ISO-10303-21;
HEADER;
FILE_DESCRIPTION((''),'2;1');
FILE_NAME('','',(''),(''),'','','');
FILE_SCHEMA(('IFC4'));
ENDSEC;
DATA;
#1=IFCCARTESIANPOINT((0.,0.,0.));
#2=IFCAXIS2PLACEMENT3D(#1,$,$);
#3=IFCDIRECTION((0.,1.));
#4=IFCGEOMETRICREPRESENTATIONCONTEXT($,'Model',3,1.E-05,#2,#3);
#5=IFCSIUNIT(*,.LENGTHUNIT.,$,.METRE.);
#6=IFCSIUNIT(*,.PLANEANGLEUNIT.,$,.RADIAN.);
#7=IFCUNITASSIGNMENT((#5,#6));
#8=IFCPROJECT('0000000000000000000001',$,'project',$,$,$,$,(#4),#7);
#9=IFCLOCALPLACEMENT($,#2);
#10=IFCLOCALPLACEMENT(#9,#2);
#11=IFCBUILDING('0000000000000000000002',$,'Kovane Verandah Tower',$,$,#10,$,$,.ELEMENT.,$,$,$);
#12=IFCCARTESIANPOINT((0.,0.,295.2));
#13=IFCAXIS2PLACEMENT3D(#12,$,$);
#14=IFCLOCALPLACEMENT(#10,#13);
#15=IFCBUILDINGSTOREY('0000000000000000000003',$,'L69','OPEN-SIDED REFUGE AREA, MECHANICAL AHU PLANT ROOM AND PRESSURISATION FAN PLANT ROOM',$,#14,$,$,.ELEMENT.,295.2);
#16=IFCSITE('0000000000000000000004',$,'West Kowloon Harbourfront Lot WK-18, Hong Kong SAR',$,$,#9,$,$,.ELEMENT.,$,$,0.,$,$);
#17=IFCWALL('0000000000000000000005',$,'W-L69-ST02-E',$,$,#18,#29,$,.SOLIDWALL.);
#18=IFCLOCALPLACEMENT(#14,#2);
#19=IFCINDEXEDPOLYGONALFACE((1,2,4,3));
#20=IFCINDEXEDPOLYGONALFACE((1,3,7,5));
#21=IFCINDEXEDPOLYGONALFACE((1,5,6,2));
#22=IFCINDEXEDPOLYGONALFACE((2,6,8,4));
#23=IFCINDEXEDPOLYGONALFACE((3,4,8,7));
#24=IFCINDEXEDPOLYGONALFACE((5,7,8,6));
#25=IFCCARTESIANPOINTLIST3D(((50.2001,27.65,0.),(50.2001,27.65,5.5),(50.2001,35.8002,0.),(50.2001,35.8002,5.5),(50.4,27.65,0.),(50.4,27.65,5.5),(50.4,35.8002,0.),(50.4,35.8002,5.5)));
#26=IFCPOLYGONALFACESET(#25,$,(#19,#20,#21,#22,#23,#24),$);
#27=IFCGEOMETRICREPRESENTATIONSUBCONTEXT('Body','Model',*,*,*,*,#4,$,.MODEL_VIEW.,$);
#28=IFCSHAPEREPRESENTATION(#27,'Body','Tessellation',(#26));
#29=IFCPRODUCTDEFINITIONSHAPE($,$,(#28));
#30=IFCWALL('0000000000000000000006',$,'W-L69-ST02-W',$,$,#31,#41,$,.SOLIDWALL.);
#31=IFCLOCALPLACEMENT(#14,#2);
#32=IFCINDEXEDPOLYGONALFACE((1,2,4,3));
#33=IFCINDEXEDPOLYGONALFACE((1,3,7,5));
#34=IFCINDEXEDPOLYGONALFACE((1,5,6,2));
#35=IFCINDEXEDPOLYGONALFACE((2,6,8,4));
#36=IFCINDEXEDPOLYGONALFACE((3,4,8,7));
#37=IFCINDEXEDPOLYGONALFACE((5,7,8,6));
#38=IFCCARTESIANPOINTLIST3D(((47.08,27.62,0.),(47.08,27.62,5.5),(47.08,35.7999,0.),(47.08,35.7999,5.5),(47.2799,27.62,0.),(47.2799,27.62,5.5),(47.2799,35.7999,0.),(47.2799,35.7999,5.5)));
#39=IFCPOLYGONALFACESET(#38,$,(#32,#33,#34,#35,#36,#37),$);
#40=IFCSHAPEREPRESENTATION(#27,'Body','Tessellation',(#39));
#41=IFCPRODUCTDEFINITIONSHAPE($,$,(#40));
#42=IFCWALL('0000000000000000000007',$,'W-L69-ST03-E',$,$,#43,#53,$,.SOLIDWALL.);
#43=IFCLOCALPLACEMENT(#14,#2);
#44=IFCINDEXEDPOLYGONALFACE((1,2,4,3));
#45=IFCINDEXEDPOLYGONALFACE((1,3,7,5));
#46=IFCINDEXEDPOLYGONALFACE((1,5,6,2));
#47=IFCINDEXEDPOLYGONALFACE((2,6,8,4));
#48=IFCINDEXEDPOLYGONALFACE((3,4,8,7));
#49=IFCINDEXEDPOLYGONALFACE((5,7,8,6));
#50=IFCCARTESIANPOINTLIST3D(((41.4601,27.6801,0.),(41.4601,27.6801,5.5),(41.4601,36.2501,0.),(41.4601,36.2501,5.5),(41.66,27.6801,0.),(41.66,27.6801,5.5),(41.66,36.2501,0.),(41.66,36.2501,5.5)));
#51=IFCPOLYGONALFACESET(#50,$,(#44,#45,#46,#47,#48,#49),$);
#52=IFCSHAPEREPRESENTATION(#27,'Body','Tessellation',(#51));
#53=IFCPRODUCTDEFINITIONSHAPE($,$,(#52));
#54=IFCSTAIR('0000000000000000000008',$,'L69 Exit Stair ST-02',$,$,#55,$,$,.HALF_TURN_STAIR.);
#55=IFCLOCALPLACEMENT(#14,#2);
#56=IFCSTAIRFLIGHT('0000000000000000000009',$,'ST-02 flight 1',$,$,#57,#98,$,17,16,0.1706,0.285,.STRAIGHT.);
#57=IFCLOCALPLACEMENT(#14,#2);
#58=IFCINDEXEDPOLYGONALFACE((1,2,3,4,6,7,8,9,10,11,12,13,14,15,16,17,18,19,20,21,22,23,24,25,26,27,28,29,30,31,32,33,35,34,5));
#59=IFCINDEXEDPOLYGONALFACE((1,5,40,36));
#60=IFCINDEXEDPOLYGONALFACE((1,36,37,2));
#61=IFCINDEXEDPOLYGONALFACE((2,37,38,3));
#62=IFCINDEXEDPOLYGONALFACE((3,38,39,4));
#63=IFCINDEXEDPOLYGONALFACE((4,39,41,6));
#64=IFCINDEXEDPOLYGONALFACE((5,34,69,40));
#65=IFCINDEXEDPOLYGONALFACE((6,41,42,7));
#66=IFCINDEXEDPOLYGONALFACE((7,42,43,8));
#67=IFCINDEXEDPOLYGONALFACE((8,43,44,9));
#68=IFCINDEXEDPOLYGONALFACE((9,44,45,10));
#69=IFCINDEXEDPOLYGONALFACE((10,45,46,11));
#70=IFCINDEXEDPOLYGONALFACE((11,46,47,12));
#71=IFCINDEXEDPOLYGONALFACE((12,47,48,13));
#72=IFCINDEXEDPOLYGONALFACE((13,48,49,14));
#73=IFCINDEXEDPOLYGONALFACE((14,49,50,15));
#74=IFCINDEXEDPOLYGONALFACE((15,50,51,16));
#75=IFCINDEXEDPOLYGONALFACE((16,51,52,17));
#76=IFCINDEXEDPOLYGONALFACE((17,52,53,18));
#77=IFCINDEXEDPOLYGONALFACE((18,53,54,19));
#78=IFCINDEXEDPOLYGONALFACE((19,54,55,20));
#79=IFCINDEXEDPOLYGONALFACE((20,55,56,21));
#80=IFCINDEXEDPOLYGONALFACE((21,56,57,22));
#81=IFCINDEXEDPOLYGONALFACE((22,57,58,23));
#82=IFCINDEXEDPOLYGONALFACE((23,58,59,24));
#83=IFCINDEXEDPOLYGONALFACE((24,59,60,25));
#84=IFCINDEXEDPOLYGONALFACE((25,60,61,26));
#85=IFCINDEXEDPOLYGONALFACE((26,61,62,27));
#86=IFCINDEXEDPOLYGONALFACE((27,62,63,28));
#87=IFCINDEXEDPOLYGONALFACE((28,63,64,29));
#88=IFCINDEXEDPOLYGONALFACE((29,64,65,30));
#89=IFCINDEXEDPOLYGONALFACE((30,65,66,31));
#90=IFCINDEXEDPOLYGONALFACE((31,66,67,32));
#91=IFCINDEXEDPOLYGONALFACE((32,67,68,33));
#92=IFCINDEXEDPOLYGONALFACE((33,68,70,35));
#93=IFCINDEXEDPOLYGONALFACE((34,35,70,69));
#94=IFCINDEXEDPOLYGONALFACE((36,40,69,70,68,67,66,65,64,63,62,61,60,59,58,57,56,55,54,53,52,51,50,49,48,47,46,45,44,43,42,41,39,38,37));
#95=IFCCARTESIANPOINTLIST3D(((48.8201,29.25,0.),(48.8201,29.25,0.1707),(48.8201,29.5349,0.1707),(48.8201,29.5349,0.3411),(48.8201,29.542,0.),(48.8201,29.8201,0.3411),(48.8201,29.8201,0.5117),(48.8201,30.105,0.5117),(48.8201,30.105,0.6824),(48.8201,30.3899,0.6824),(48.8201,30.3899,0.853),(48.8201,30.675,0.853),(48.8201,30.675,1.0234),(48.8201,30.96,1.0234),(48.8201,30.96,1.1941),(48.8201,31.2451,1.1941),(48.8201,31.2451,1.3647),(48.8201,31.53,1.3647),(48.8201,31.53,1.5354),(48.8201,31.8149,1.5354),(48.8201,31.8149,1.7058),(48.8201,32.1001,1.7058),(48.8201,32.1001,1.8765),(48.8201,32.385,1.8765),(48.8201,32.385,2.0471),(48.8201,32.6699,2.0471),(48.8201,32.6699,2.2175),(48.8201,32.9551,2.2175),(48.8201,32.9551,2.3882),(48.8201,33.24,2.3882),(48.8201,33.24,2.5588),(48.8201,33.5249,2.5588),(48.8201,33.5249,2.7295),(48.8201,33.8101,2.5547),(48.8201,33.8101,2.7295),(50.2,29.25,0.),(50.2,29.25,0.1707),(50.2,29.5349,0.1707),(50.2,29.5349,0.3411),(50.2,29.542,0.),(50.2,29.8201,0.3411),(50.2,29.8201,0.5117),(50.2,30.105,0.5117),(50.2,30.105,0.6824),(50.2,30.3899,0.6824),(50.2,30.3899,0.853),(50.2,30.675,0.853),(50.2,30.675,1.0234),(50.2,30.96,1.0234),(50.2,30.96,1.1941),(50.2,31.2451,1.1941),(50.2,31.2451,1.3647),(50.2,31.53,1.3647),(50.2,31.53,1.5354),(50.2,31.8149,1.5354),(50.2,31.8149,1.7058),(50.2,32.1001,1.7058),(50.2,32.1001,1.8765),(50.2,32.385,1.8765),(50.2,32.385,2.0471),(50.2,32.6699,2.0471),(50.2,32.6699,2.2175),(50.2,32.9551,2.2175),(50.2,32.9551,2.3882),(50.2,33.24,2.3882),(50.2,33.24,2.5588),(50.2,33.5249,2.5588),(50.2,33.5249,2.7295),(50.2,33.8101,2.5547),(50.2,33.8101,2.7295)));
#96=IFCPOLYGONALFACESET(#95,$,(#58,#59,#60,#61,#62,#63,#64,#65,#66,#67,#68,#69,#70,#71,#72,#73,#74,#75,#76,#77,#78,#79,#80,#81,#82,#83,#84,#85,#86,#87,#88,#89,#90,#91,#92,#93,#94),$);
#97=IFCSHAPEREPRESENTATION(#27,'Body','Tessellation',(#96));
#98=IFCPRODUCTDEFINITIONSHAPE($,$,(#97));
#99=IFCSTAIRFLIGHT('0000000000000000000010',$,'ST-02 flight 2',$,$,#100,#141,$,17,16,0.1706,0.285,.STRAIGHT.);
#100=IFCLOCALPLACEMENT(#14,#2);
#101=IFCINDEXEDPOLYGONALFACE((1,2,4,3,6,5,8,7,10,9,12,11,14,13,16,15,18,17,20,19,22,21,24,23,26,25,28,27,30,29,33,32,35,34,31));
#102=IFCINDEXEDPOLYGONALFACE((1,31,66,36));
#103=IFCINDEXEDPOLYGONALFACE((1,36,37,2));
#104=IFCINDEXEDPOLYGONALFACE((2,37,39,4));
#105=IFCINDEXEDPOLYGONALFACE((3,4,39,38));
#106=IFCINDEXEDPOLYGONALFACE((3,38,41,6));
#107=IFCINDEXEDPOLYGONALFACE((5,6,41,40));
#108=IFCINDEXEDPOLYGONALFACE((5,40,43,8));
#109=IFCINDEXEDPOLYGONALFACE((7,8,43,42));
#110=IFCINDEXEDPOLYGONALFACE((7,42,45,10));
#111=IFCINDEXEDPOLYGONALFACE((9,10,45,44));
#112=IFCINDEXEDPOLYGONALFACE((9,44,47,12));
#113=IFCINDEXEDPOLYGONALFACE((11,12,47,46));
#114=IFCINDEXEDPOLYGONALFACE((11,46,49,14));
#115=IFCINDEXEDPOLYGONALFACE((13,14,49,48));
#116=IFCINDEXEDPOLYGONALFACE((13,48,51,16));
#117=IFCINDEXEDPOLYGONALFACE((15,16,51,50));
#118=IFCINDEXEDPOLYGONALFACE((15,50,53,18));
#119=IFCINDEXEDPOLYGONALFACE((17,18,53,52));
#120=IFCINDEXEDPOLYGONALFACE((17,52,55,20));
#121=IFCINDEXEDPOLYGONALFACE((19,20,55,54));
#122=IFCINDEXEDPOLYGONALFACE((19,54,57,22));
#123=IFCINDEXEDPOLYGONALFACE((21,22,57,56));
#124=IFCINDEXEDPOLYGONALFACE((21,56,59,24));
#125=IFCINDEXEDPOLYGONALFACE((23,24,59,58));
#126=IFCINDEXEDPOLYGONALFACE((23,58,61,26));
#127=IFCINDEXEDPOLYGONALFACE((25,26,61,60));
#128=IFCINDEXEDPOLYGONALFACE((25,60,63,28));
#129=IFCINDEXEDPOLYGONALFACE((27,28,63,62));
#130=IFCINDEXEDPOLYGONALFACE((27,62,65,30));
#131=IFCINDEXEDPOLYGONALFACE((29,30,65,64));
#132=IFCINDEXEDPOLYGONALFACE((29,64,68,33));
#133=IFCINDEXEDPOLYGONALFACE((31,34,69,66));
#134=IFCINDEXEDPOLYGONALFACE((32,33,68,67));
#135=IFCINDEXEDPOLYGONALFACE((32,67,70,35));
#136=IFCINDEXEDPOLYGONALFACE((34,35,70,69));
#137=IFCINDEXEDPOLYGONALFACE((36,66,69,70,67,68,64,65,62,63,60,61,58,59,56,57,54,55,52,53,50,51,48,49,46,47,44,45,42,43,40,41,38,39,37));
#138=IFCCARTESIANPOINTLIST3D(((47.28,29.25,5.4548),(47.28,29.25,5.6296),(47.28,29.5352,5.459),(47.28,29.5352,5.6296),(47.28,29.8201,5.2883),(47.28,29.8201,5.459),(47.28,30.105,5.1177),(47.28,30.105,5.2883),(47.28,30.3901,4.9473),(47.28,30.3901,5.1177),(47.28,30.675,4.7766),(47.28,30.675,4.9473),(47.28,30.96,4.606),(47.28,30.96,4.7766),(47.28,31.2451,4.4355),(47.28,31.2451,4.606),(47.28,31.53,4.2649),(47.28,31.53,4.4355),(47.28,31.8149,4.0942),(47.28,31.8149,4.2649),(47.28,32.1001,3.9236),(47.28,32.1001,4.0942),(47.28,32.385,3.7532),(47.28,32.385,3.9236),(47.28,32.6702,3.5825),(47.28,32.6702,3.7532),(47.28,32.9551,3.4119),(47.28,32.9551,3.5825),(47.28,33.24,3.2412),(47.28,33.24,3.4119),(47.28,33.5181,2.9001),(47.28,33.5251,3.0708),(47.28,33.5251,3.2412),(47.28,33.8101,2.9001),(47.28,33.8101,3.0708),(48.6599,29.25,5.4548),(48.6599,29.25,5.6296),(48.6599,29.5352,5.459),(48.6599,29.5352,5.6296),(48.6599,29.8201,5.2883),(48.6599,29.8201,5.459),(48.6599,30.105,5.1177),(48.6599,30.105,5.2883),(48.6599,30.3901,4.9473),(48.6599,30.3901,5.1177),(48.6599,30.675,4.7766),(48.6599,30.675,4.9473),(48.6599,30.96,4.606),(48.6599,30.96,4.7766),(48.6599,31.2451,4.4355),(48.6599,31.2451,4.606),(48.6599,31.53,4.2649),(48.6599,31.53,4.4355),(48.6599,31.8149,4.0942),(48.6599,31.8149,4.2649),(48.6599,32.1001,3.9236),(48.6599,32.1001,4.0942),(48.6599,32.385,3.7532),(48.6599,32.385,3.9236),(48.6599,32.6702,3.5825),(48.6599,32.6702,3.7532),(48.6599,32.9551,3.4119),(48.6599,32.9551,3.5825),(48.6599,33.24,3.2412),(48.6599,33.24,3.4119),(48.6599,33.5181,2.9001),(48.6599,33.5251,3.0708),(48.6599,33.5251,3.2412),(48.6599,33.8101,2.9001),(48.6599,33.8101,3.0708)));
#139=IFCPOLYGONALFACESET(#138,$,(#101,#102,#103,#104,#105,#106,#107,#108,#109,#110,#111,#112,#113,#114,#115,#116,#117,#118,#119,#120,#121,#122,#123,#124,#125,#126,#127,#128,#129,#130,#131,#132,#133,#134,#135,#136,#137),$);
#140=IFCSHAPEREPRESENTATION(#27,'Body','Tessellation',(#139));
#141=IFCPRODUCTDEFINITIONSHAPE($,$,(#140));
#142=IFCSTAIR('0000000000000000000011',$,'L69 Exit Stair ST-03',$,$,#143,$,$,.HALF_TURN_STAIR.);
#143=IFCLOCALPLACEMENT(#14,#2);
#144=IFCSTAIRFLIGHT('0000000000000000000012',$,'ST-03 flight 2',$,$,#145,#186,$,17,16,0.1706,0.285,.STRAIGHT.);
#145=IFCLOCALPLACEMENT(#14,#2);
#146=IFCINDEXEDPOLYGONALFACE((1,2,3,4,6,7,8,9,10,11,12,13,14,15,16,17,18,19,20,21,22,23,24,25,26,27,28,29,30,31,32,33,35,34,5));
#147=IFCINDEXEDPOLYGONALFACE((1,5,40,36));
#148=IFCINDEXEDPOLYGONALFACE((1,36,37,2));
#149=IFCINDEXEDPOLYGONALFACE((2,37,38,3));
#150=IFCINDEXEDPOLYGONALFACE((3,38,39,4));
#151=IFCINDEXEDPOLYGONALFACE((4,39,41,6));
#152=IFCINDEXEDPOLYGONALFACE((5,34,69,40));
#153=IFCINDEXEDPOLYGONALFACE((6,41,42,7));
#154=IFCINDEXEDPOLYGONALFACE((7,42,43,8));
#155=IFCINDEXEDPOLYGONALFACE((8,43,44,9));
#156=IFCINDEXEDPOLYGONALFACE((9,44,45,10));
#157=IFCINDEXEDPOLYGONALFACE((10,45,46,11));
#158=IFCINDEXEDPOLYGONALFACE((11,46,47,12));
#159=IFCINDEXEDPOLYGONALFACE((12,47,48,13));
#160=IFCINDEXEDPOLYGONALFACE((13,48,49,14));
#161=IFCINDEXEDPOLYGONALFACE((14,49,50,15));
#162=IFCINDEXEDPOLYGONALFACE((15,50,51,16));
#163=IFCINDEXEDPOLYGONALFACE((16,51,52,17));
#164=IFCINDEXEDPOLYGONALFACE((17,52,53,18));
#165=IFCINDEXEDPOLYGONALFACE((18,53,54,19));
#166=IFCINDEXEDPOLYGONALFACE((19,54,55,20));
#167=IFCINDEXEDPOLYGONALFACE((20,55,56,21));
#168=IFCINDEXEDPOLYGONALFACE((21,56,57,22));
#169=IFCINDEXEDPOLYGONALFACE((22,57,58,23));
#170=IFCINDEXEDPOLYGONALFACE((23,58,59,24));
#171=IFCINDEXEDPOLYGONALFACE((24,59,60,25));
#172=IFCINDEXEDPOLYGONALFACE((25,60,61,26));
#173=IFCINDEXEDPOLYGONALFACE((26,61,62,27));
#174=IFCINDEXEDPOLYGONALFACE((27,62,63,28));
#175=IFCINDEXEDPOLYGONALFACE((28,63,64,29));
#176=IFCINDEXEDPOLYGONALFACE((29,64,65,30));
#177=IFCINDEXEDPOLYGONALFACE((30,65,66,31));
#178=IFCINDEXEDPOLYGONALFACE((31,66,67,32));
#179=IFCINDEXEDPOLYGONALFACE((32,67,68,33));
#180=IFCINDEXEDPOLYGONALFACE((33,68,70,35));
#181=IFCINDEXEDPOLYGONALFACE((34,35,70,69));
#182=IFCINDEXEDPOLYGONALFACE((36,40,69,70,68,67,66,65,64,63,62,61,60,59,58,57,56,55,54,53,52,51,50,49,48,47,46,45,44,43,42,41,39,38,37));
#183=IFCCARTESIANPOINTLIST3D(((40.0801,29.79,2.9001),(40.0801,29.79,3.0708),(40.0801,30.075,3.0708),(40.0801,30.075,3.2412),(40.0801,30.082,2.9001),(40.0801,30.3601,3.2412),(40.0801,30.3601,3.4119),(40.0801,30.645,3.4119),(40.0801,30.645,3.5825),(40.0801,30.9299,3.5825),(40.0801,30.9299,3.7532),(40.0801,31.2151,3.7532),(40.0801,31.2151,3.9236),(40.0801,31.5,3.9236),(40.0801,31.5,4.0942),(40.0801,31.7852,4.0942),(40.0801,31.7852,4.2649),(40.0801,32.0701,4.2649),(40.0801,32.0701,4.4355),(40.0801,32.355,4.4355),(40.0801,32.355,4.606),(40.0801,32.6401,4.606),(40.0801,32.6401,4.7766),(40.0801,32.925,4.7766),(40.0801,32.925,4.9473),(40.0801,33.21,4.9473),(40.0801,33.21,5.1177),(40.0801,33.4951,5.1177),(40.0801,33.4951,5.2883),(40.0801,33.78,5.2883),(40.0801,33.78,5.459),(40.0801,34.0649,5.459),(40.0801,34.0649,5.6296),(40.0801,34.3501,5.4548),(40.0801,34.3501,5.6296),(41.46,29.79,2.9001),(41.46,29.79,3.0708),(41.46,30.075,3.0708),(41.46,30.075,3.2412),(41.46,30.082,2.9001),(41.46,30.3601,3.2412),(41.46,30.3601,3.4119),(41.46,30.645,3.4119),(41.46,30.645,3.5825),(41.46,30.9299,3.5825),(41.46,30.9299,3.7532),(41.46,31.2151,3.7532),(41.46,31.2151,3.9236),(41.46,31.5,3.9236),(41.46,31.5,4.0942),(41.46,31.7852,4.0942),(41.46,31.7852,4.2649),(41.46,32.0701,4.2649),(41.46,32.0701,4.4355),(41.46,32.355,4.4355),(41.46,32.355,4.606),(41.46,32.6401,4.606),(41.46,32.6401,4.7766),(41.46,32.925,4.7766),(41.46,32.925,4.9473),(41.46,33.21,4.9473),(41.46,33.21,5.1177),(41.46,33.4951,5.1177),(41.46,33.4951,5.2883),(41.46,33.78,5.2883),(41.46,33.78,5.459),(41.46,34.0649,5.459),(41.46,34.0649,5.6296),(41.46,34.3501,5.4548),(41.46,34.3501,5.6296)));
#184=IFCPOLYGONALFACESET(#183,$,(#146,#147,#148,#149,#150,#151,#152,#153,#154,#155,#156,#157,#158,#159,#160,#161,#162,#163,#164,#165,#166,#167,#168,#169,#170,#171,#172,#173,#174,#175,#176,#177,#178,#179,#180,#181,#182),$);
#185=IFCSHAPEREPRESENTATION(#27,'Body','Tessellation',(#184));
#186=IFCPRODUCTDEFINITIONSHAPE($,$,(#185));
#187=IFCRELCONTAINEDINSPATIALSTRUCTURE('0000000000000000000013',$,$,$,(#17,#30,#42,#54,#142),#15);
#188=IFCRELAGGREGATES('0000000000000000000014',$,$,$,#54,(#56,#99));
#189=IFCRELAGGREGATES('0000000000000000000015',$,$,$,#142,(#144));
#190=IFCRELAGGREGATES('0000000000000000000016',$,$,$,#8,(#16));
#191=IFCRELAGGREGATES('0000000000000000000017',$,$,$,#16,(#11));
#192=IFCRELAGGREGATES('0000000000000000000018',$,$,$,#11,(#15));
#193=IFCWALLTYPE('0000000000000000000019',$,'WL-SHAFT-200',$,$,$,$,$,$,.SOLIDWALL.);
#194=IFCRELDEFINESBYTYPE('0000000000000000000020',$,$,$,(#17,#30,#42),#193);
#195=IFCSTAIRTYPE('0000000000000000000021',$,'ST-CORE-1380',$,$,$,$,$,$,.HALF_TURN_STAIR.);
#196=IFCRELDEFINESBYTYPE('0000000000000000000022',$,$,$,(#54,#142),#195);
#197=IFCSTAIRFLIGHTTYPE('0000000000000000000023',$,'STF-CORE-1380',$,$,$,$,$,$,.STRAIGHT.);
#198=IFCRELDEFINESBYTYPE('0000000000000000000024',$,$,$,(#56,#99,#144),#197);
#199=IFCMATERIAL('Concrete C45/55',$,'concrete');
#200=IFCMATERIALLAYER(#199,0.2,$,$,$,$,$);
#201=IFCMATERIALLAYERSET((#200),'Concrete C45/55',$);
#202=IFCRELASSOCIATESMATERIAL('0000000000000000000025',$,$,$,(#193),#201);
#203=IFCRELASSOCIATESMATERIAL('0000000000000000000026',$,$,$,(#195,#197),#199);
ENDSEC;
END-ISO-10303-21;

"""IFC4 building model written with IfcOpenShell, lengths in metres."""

from ifc_helpers import new_model, si_unit, direction, frame, frame_2d, origin, place, context, subcontext, project, spatial, polyline, rectangle, outline, extrude, material, layer, layer_set, type_object, element, aggregate, save


model = new_model("IFC4")

# Units and contexts
model_context = context("Model", 3, precision=1e-05, world=origin(), true_north=direction((0.0, 1.0)))
body_context = subcontext(model_context, "Body", "Model", "MODEL_VIEW")
ifc_project = project(units=[si_unit("LENGTHUNIT", "METRE"), si_unit("PLANEANGLEUNIT", "RADIAN")], contexts=[model_context])

# Site, building, storey
site_placement = place(None, origin())
site = spatial("IfcSite", under=ifc_project, at=site_placement, Name="West Kowloon Harbourfront Lot WK-18, Hong Kong SAR", CompositionType="ELEMENT", RefElevation=0.0)
building_placement = place(site_placement, origin())
building = spatial("IfcBuilding", under=site, at=building_placement, Name="Kovane Verandah Tower", CompositionType="ELEMENT")
storey_placement = place(building_placement, frame((0.0, 0.0, 295.2)))
storey = spatial("IfcBuildingStorey", under=building, at=storey_placement, Name="L69", Description="OPEN-SIDED REFUGE AREA, MECHANICAL AHU PLANT ROOM AND PRESSURISATION FAN PLANT ROOM", CompositionType="ELEMENT", Elevation=295.2)

# Walls
ifc_material_1 = material(Name="Concrete C45/55", Category="concrete")
ifc_layer_1 = layer(ifc_material_1, 0.2)
ifc_layer_set_1 = layer_set([ifc_layer_1], Name="Concrete C45/55")
wall_type_1 = type_object("IfcWallType", Name="WL-SHAFT-200", PredefinedType="SOLIDWALL", material=ifc_layer_set_1)
wall_1_placement = place(storey_placement, frame((50.3, 27.6499, 0.0), z_axis=(0.0, 0.0, 1.0), x_axis=(0.0, 1.0, 0.0)))
element("IfcWall", 1, at=wall_1_placement, inside=storey, type_object=wall_type_1, Name="W-L69-ST02-E", PredefinedType="SOLIDWALL", context=body_context, shape_type="SweptSolid", body=[
    extrude(rectangle(XDim=8.1501, YDim=0.2, at=frame_2d((4.0752, 0.0))), origin(), (0.0, 0.0, 1.0), 5.5),
])
wall_2_placement = place(storey_placement, frame((47.1799, 27.6201, 0.0), z_axis=(0.0, 0.0, 1.0), x_axis=(0.0, 1.0, 0.0)))
element("IfcWall", 2, at=wall_2_placement, inside=storey, type_object=wall_type_1, Name="W-L69-ST02-W", PredefinedType="SOLIDWALL", context=body_context, shape_type="SweptSolid", body=[
    extrude(rectangle(XDim=8.1799, YDim=0.2, at=frame_2d((4.0898, 0.0))), origin(), (0.0, 0.0, 1.0), 5.5),
])

# Wall
wall_3_placement = place(storey_placement, frame((41.5601, 27.6799, 0.0), z_axis=(0.0, 0.0, 1.0), x_axis=(0.0, 1.0, 0.0)))
element("IfcWall", 3, at=wall_3_placement, inside=storey, type_object=wall_type_1, Name="W-L69-ST03-E", PredefinedType="SOLIDWALL", context=body_context, shape_type="SweptSolid", body=[
    extrude(rectangle(XDim=8.5701, YDim=0.2, at=frame_2d((4.2852, 0.0))), origin(), (0.0, 0.0, 1.0), 5.5),
])

# Stair, stair flights
stair_type = type_object("IfcStairType", Name="ST-CORE-1380", PredefinedType="HALF_TURN_STAIR", material=ifc_material_1)
stair_1_placement = place(storey_placement, origin())
stair_1 = element("IfcStair", 4, at=stair_1_placement, inside=storey, type_object=stair_type, Name="L69 Exit Stair ST-02", PredefinedType="HALF_TURN_STAIR")
stair_flight_type = type_object("IfcStairFlightType", Name="STF-CORE-1380", PredefinedType="STRAIGHT", material=ifc_material_1)
stair_flight_1_placement = place(storey_placement, frame((49.51, 29.25, 0.0), z_axis=(0.0, 0.0, 1.0), x_axis=(0.0, 1.0, 0.0)))
stair_flight_1 = element("IfcStairFlight", 5, at=stair_flight_1_placement, type_object=stair_flight_type, Name="ST-02 flight 1", NumberOfRisers=17, NumberOfTreads=16, PredefinedType="STRAIGHT", RiserHeight=0.1706, TreadLength=0.285, context=body_context, shape_type="SweptSolid", body=[
    extrude(outline(polyline([(0.0, 0.0), (0.0, 0.1707), (0.2849, 0.1707), (0.2849, 0.3411), (0.5701, 0.3411), (0.5701, 0.5117), (0.855, 0.5117), (0.855, 0.6824), (1.1399, 0.6824), (1.1399, 0.853), (1.425, 0.853), (1.425, 1.0234), (1.71, 1.0234), (1.71, 1.1941), (1.9951, 1.1941), (1.9951, 1.3647), (2.28, 1.3647), (2.28, 1.5354), (2.5649, 1.5354), (2.5649, 1.7058), (2.8501, 1.7058), (2.8501, 1.8765), (3.135, 1.8765), (3.135, 2.0471), (3.4199, 2.0471), (3.4199, 2.2175), (3.7051, 2.2175), (3.7051, 2.3882), (3.99, 2.3882), (3.99, 2.5588), (4.2749, 2.5588), (4.2749, 2.7295), (4.5601, 2.7295), (4.5601, 2.8999), (4.5601, 2.5547), (0.292, 0.0), (0.0, 0.0)])), frame((0.0, 0.6899, 0.0), z_axis=(0.0, -1.0, 0.0), x_axis=(1.0, 0.0, 0.0)), (0.0, 0.0, 1.0), 1.3799),
])
stair_flight_2_placement = place(storey_placement, frame((47.97, 33.8101, 2.9001), z_axis=(0.0, 0.0, 1.0), x_axis=(0.0, -1.0, 0.0)))
stair_flight_2 = element("IfcStairFlight", 6, at=stair_flight_2_placement, type_object=stair_flight_type, Name="ST-02 flight 2", NumberOfRisers=17, NumberOfTreads=16, PredefinedType="STRAIGHT", RiserHeight=0.1706, TreadLength=0.285, context=body_context, shape_type="SweptSolid", body=[
    extrude(outline(polyline([(0.0, 0.0), (0.0, 0.1707), (0.2849, 0.1707), (0.2849, 0.3411), (0.5701, 0.3411), (0.5701, 0.5117), (0.855, 0.5117), (0.855, 0.6824), (1.1399, 0.6824), (1.1399, 0.853), (1.425, 0.853), (1.425, 1.0234), (1.71, 1.0234), (1.71, 1.1941), (1.9951, 1.1941), (1.9951, 1.3647), (2.28, 1.3647), (2.28, 1.5354), (2.5649, 1.5354), (2.5649, 1.7058), (2.8501, 1.7058), (2.8501, 1.8765), (3.135, 1.8765), (3.135, 2.0471), (3.4199, 2.0471), (3.4199, 2.2175), (3.7051, 2.2175), (3.7051, 2.3882), (3.99, 2.3882), (3.99, 2.5588), (4.2749, 2.5588), (4.2749, 2.7295), (4.5601, 2.7295), (4.5601, 2.8999), (4.5601, 2.5547), (0.292, 0.0), (0.0, 0.0)])), frame((0.0, 0.6899, 0.0), z_axis=(0.0, -1.0, 0.0), x_axis=(1.0, 0.0, 0.0)), (0.0, 0.0, 1.0), 1.3799),
])
aggregate(stair_1, [stair_flight_1, stair_flight_2])

# Stair, stair flight
stair_2_placement = place(storey_placement, origin())
stair_2 = element("IfcStair", 7, at=stair_2_placement, inside=storey, type_object=stair_type, Name="L69 Exit Stair ST-03", PredefinedType="HALF_TURN_STAIR")
stair_flight_3_placement = place(storey_placement, frame((40.77, 29.79, 2.9001), z_axis=(0.0, 0.0, 1.0), x_axis=(0.0, 1.0, 0.0)))
stair_flight_3 = element("IfcStairFlight", 8, at=stair_flight_3_placement, type_object=stair_flight_type, Name="ST-03 flight 2", NumberOfRisers=17, NumberOfTreads=16, PredefinedType="STRAIGHT", RiserHeight=0.1706, TreadLength=0.285, context=body_context, shape_type="SweptSolid", body=[
    extrude(outline(polyline([(0.0, 0.0), (0.0, 0.1707), (0.2849, 0.1707), (0.2849, 0.3411), (0.5701, 0.3411), (0.5701, 0.5117), (0.855, 0.5117), (0.855, 0.6824), (1.1399, 0.6824), (1.1399, 0.853), (1.425, 0.853), (1.425, 1.0234), (1.71, 1.0234), (1.71, 1.1941), (1.9951, 1.1941), (1.9951, 1.3647), (2.28, 1.3647), (2.28, 1.5354), (2.5649, 1.5354), (2.5649, 1.7058), (2.8501, 1.7058), (2.8501, 1.8765), (3.135, 1.8765), (3.135, 2.0471), (3.4199, 2.0471), (3.4199, 2.2175), (3.7051, 2.2175), (3.7051, 2.3882), (3.99, 2.3882), (3.99, 2.5588), (4.2749, 2.5588), (4.2749, 2.7295), (4.5601, 2.7295), (4.5601, 2.8999), (4.5601, 2.5547), (0.292, 0.0), (0.0, 0.0)])), frame((0.0, 0.6899, 0.0), z_axis=(0.0, -1.0, 0.0), x_axis=(1.0, 0.0, 0.0)), (0.0, 0.0, 1.0), 1.3799),
])
aggregate(stair_2, [stair_flight_3])

save(model, "model.ifc")
